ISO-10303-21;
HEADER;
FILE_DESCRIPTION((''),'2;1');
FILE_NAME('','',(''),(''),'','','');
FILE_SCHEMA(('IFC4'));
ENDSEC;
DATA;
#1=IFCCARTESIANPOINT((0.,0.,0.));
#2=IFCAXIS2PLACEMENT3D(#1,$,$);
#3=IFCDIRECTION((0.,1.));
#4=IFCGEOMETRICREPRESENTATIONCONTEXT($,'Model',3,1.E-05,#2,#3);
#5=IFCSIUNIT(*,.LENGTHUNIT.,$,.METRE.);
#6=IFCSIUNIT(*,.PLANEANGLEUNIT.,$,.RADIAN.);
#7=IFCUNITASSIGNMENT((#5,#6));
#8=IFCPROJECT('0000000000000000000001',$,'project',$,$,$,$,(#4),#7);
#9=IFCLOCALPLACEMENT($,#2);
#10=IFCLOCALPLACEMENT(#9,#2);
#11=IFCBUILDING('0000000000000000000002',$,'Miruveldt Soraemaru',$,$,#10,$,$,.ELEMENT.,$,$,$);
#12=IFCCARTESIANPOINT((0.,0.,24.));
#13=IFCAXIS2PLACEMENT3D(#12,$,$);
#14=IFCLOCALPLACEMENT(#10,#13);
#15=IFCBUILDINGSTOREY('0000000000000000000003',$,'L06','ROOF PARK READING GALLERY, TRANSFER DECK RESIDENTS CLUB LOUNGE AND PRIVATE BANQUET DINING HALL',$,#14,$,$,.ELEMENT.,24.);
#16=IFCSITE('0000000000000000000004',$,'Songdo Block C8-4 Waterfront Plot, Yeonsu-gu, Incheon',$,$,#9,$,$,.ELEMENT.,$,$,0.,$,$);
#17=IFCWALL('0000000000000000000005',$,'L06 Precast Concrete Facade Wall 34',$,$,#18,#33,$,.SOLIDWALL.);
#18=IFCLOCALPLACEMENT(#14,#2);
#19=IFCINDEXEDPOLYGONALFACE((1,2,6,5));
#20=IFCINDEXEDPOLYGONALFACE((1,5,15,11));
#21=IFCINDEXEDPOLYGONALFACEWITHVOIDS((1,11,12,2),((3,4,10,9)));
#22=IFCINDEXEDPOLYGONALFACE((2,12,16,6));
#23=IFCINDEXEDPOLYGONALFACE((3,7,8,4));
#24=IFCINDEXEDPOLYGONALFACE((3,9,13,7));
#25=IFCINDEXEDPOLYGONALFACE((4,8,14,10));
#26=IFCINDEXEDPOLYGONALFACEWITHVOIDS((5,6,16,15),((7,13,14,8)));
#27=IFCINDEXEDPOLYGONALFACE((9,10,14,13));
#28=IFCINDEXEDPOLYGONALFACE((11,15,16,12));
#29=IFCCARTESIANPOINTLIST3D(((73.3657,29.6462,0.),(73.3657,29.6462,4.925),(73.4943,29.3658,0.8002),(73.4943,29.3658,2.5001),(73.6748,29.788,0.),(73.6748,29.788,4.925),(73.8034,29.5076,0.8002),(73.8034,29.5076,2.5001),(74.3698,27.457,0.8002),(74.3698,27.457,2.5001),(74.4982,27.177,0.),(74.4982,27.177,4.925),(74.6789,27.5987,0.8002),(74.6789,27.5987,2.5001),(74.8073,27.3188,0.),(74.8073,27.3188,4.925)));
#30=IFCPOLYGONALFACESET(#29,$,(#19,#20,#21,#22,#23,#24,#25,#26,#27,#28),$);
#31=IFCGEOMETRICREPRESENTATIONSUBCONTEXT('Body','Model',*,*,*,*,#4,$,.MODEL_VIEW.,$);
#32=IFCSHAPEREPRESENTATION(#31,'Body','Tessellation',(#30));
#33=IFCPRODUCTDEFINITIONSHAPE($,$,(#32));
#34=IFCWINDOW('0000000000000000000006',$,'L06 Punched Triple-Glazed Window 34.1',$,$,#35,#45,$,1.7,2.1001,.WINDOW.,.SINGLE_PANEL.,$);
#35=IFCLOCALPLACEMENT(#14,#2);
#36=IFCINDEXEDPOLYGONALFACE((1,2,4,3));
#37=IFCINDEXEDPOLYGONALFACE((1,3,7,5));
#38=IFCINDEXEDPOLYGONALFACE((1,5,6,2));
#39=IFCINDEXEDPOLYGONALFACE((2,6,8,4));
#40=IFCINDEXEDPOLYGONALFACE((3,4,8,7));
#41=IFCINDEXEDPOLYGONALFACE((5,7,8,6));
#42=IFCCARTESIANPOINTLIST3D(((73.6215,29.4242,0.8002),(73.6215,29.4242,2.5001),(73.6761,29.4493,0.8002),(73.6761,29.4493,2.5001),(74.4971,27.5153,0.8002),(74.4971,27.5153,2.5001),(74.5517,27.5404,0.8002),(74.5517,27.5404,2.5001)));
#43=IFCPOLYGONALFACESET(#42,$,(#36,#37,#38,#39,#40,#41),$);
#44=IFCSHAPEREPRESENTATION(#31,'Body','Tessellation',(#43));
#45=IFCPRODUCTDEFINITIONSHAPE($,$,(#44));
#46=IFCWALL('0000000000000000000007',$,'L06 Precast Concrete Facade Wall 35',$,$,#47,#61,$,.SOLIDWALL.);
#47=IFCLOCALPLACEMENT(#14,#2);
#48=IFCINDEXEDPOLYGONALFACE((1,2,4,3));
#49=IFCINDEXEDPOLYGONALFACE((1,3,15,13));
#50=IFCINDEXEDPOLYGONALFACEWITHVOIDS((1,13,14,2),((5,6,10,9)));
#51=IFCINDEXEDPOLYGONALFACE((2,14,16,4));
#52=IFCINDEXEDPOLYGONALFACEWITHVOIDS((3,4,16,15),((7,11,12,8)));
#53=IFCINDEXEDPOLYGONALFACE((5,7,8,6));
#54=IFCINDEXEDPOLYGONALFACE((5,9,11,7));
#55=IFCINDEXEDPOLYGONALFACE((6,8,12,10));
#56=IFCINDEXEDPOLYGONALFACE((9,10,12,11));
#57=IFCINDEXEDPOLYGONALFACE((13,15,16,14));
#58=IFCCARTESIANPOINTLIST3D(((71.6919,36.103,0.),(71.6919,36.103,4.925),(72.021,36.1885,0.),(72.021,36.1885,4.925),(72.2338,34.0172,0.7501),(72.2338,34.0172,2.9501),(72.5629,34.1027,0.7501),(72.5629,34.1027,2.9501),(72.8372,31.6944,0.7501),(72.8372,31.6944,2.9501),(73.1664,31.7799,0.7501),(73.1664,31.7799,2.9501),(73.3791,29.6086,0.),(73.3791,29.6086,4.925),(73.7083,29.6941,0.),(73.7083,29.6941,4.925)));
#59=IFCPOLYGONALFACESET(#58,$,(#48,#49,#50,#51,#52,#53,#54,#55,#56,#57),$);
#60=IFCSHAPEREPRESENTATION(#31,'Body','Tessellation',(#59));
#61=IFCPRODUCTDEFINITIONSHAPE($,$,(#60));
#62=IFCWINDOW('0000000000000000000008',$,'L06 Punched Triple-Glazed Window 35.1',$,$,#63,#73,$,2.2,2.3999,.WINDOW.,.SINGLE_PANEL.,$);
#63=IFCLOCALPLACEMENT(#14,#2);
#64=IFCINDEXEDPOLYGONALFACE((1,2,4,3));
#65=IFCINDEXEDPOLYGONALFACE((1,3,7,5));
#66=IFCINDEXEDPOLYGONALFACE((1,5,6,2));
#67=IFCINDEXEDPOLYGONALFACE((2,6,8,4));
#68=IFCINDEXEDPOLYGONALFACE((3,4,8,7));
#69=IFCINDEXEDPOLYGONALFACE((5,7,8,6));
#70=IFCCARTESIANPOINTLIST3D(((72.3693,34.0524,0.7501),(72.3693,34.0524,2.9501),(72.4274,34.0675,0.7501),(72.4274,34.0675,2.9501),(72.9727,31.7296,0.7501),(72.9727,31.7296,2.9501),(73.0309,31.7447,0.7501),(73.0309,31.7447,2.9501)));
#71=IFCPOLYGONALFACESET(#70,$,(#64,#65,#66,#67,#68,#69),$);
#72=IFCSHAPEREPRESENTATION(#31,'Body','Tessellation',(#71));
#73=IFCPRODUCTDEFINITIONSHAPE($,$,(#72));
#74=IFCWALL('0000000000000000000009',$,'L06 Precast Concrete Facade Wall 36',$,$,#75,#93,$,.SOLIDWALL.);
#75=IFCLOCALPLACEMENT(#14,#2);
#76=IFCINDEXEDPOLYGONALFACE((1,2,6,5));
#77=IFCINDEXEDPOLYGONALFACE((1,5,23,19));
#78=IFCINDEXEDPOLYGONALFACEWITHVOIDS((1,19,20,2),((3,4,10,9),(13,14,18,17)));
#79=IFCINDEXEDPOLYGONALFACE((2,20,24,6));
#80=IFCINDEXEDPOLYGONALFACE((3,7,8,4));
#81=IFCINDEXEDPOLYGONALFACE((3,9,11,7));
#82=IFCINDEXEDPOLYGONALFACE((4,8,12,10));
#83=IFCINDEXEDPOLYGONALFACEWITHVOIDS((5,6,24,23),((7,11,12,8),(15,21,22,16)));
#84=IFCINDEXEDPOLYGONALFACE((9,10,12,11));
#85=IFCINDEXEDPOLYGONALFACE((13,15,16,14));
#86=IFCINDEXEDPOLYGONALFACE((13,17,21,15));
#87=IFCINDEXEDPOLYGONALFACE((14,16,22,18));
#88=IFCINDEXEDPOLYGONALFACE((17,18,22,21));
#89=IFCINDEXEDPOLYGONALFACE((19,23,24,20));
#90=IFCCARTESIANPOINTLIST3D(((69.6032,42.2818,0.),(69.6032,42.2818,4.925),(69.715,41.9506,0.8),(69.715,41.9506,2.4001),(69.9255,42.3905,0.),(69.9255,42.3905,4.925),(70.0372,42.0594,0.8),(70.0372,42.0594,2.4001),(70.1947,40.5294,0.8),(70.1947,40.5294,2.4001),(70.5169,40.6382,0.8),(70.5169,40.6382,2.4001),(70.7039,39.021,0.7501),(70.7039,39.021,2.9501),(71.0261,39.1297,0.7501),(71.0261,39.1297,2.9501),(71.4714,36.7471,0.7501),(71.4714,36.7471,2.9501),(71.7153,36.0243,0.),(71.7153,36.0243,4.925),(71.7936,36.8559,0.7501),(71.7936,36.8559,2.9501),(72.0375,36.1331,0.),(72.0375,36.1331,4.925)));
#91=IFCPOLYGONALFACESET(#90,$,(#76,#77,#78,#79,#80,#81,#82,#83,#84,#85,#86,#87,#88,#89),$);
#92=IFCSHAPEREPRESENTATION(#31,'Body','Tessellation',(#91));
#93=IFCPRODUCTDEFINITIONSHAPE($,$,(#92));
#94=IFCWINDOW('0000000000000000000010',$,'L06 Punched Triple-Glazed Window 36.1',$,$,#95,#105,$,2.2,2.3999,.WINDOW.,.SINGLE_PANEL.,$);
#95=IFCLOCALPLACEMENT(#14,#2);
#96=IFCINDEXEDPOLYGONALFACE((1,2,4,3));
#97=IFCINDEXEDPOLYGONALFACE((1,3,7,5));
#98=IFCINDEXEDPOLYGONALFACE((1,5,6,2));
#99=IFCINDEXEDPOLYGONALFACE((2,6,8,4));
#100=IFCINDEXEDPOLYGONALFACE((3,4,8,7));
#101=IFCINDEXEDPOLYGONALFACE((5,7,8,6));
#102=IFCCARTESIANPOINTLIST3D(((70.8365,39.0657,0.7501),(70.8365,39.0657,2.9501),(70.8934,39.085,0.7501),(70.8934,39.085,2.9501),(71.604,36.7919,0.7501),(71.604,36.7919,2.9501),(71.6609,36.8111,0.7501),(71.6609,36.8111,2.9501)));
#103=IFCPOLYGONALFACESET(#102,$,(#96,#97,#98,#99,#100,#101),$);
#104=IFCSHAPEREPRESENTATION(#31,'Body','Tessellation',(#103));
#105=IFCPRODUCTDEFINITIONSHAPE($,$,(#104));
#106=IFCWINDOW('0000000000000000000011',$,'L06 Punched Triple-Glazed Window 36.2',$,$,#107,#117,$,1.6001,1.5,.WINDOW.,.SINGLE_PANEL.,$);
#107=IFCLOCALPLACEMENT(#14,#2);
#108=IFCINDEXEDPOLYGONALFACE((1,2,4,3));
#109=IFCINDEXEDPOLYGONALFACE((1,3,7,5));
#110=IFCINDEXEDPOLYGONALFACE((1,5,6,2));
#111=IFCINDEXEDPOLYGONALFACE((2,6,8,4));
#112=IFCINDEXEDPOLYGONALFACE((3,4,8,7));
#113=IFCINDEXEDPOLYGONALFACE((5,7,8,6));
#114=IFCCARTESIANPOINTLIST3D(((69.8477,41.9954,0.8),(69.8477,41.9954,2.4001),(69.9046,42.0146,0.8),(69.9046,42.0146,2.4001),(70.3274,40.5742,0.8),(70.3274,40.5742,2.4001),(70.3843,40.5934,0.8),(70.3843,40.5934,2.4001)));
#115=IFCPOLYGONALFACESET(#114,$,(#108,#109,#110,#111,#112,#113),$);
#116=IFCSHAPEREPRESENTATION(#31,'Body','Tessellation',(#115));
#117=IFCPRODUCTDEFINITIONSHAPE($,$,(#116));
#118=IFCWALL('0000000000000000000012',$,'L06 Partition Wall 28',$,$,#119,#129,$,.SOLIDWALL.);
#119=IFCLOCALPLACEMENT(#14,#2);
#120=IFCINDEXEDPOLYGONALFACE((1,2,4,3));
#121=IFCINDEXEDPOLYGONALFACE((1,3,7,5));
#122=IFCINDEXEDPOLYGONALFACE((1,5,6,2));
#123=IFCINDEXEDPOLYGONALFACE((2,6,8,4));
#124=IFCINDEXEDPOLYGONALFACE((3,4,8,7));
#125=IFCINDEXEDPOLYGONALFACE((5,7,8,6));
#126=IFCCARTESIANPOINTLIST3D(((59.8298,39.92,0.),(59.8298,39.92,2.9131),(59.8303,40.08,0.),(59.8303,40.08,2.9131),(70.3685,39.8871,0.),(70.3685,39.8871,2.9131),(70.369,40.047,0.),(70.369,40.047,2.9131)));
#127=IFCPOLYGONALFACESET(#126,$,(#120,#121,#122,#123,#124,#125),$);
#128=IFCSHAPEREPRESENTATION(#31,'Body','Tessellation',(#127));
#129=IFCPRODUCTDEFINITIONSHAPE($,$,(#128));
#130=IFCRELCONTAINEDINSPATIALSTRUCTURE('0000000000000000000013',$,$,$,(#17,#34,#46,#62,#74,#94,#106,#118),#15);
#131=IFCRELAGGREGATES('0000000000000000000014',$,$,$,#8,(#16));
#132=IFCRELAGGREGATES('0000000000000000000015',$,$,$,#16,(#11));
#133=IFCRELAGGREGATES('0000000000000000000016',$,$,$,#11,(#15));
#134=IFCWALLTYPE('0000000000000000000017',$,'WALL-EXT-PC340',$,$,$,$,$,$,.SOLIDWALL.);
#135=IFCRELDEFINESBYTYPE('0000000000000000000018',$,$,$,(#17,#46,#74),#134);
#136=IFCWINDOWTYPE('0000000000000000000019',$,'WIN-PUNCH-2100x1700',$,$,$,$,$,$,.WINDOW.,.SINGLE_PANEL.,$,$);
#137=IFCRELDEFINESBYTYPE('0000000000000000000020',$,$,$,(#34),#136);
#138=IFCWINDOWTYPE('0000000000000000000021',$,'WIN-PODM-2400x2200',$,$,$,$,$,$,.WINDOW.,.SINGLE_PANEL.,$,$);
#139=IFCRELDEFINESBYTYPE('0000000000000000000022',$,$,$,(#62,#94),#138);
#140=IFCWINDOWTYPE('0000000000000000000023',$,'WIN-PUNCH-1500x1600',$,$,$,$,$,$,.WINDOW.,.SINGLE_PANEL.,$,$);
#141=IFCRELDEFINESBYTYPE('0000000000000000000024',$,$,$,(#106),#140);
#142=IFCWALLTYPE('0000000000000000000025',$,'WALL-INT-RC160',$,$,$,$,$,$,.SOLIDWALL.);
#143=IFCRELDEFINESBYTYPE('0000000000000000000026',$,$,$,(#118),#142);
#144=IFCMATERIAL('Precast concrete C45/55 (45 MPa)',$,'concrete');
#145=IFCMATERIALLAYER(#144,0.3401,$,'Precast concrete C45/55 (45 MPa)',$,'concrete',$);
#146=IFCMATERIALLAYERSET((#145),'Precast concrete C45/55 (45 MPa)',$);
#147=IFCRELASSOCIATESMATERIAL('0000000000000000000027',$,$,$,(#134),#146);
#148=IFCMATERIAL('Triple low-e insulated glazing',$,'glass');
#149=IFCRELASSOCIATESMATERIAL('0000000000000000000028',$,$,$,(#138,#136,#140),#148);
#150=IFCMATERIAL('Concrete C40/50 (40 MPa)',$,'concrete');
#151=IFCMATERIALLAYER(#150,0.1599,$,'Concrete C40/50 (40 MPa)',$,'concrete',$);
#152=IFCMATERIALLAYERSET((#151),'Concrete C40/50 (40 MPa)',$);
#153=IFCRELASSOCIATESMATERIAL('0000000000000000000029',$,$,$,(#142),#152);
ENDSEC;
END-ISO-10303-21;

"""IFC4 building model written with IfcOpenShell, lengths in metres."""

from ifc_helpers import new_model, si_unit, direction, frame, frame_2d, origin, place, context, subcontext, project, spatial, rectangle, extrude, material, layer, layer_set, type_object, element, fill, save


model = new_model("IFC4")

# Units and contexts
model_context = context("Model", 3, precision=1e-05, world=origin(), true_north=direction((0.0, 1.0)))
body_context = subcontext(model_context, "Body", "Model", "MODEL_VIEW")
ifc_project = project(units=[si_unit("LENGTHUNIT", "METRE"), si_unit("PLANEANGLEUNIT", "RADIAN")], contexts=[model_context])

# Site, building, storey
site_placement = place(None, origin())
site = spatial("IfcSite", under=ifc_project, at=site_placement, Name="Songdo Block C8-4 Waterfront Plot, Yeonsu-gu, Incheon", CompositionType="ELEMENT", RefElevation=0.0)
building_placement = place(site_placement, origin())
building = spatial("IfcBuilding", under=site, at=building_placement, Name="Miruveldt Soraemaru", CompositionType="ELEMENT")
storey_placement = place(building_placement, frame((0.0, 0.0, 24.0)))
storey = spatial("IfcBuildingStorey", under=building, at=storey_placement, Name="L06", Description="ROOF PARK READING GALLERY, TRANSFER DECK RESIDENTS CLUB LOUNGE AND PRIVATE BANQUET DINING HALL", CompositionType="ELEMENT", Elevation=24.0)

# Walls, openings, windows
ifc_material_1 = material(Name="Precast concrete C45/55 (45 MPa)", Category="concrete")
ifc_layer_1 = layer(ifc_material_1, 0.3401, Name="Precast concrete C45/55 (45 MPa)", Category="concrete")
ifc_layer_set_1 = layer_set([ifc_layer_1], Name="Precast concrete C45/55 (45 MPa)")
wall_type_1 = type_object("IfcWallType", Name="WALL-EXT-PC340", PredefinedType="SOLIDWALL", material=ifc_layer_set_1)
ifc_material_2 = material(Name="Triple low-e insulated glazing", Category="glass")
window_type_1 = type_object("IfcWindowType", Name="WIN-PODM-2400x2200", PartitioningType="SINGLE_PANEL", PredefinedType="WINDOW", material=ifc_material_2)
window_type_2 = type_object("IfcWindowType", Name="WIN-PUNCH-2100x1700", PartitioningType="SINGLE_PANEL", PredefinedType="WINDOW", material=ifc_material_2)
window_type_3 = type_object("IfcWindowType", Name="WIN-PUNCH-1500x1600", PartitioningType="SINGLE_PANEL", PredefinedType="WINDOW", material=ifc_material_2)
wall_1_placement = place(storey_placement, frame((74.6528, 27.2478, 0.0), z_axis=(0.0, 0.0, 1.0), x_axis=(-0.416908, 0.908948, 0.0)))
wall_1 = element("IfcWall", 1, at=wall_1_placement, inside=storey, type_object=wall_type_1, Name="L06 Precast Concrete Facade Wall 34", PredefinedType="SOLIDWALL", context=body_context, shape_type="SweptSolid", body=[
    extrude(rectangle(XDim=2.7166, YDim=0.3401, at=frame_2d((1.3584, 0.0))), origin(), (0.0, 0.0, 1.0), 4.925),
])
opening_1_placement = place(wall_1_placement, frame((0.3081, 0.0, 0.8)))
opening_1 = element("IfcOpeningElement", 2, at=opening_1_placement, cuts=wall_1, PredefinedType="OPENING", context=body_context, shape_type="SweptSolid", body=[
    extrude(rectangle(XDim=2.1001, YDim=1.7, at=frame_2d((1.05, 0.8501))), frame((0.0, 0.1802, 0.0), z_axis=(0.0, -1.0, 0.0), x_axis=(1.0, 0.0, 0.0)), (0.0, 0.0, 1.0), 0.3601),
])
window_1_placement = place(opening_1_placement, origin())
window_1 = element("IfcWindow", 3, at=window_1_placement, inside=storey, type_object=window_type_2, Name="L06 Punched Triple-Glazed Window 34.1", OverallHeight=1.7, OverallWidth=2.1001, PartitioningType="SINGLE_PANEL", PredefinedType="WINDOW", context=body_context, shape_type="SweptSolid", body=[
    extrude(rectangle(XDim=2.1001, YDim=1.7, at=frame_2d((1.05, 0.8501))), frame((0.0, 0.03, 0.0), z_axis=(0.0, -1.0, 0.0), x_axis=(1.0, 0.0, 0.0)), (0.0, 0.0, 1.0), 0.0601),
])
fill(opening_1, window_1)
wall_2_placement = place(storey_placement, frame((73.5437, 29.6514, 0.0), z_axis=(0.0, 0.0, 1.0), x_axis=(-0.251455, 0.967869, 0.0)))
wall_2 = element("IfcWall", 4, at=wall_2_placement, inside=storey, type_object=wall_type_1, Name="L06 Precast Concrete Facade Wall 35", PredefinedType="SOLIDWALL", context=body_context, shape_type="SweptSolid", body=[
    extrude(rectangle(XDim=6.71, YDim=0.3401, at=frame_2d((3.355, 0.0))), origin(), (0.0, 0.0, 1.0), 4.925),
])
opening_2_placement = place(wall_2_placement, frame((2.155, 0.0, 0.75)))
opening_2 = element("IfcOpeningElement", 5, at=opening_2_placement, cuts=wall_2, PredefinedType="OPENING", context=body_context, shape_type="SweptSolid", body=[
    extrude(rectangle(XDim=2.3999, YDim=2.2, at=frame_2d((1.2, 1.1001))), frame((0.0, 0.1802, 0.0), z_axis=(0.0, -1.0, 0.0), x_axis=(1.0, 0.0, 0.0)), (0.0, 0.0, 1.0), 0.3601),
])
window_2_placement = place(opening_2_placement, origin())
window_2 = element("IfcWindow", 6, at=window_2_placement, inside=storey, type_object=window_type_1, Name="L06 Punched Triple-Glazed Window 35.1", OverallHeight=2.2, OverallWidth=2.3999, PartitioningType="SINGLE_PANEL", PredefinedType="WINDOW", context=body_context, shape_type="SweptSolid", body=[
    extrude(rectangle(XDim=2.3999, YDim=2.2, at=frame_2d((1.2, 1.1001))), frame((0.0, 0.03, 0.0), z_axis=(0.0, -1.0, 0.0), x_axis=(1.0, 0.0, 0.0)), (0.0, 0.0, 1.0), 0.0601),
])
fill(opening_2, window_2)

# Wall, openings, windows
wall_3_placement = place(storey_placement, frame((71.8765, 36.0786, 0.0), z_axis=(0.0, 0.0, 1.0), x_axis=(-0.319808, 0.947482, 0.0)))
wall_3 = element("IfcWall", 7, at=wall_3_placement, inside=storey, type_object=wall_type_1, Name="L06 Precast Concrete Facade Wall 36", PredefinedType="SOLIDWALL", context=body_context, shape_type="SweptSolid", body=[
    extrude(rectangle(XDim=6.6042, YDim=0.3401, at=frame_2d((3.3022, 0.0))), origin(), (0.0, 0.0, 1.0), 4.925),
])
opening_3_placement = place(wall_3_placement, frame((0.7629, 0.0, 0.75)))
opening_3 = element("IfcOpeningElement", 8, at=opening_3_placement, cuts=wall_3, PredefinedType="OPENING", context=body_context, shape_type="SweptSolid", body=[
    extrude(rectangle(XDim=2.3999, YDim=2.2, at=frame_2d((1.2, 1.1001))), frame((0.0, 0.1802, 0.0), z_axis=(0.0, -1.0, 0.0), x_axis=(1.0, 0.0, 0.0)), (0.0, 0.0, 1.0), 0.3601),
])
opening_4_placement = place(wall_3_placement, frame((4.7549, 0.0, 0.8)))
opening_4 = element("IfcOpeningElement", 9, at=opening_4_placement, cuts=wall_3, PredefinedType="OPENING", context=body_context, shape_type="SweptSolid", body=[
    extrude(rectangle(XDim=1.5, YDim=1.6001, at=frame_2d((0.75, 0.8))), frame((0.0, 0.1802, 0.0), z_axis=(0.0, -1.0, 0.0), x_axis=(1.0, 0.0, 0.0)), (0.0, 0.0, 1.0), 0.3601),
])
window_3_placement = place(opening_3_placement, origin())
window_3 = element("IfcWindow", 10, at=window_3_placement, inside=storey, type_object=window_type_1, Name="L06 Punched Triple-Glazed Window 36.1", OverallHeight=2.2, OverallWidth=2.3999, PartitioningType="SINGLE_PANEL", PredefinedType="WINDOW", context=body_context, shape_type="SweptSolid", body=[
    extrude(rectangle(XDim=2.3999, YDim=2.2, at=frame_2d((1.2, 1.1001))), frame((0.0, 0.03, 0.0), z_axis=(0.0, -1.0, 0.0), x_axis=(1.0, 0.0, 0.0)), (0.0, 0.0, 1.0), 0.0601),
])
fill(opening_3, window_3)
window_4_placement = place(opening_4_placement, origin())
window_4 = element("IfcWindow", 11, at=window_4_placement, inside=storey, type_object=window_type_3, Name="L06 Punched Triple-Glazed Window 36.2", OverallHeight=1.6001, OverallWidth=1.5, PartitioningType="SINGLE_PANEL", PredefinedType="WINDOW", context=body_context, shape_type="SweptSolid", body=[
    extrude(rectangle(XDim=1.5, YDim=1.6001, at=frame_2d((0.75, 0.8))), frame((0.0, 0.03, 0.0), z_axis=(0.0, -1.0, 0.0), x_axis=(1.0, 0.0, 0.0)), (0.0, 0.0, 1.0), 0.0601),
])
fill(opening_4, window_4)

# Wall
ifc_material_3 = material(Name="Concrete C40/50 (40 MPa)", Category="concrete")
ifc_layer_2 = layer(ifc_material_3, 0.1599, Name="Concrete C40/50 (40 MPa)", Category="concrete")
ifc_layer_set_2 = layer_set([ifc_layer_2], Name="Concrete C40/50 (40 MPa)")
wall_type_2 = type_object("IfcWallType", Name="WALL-INT-RC160", PredefinedType="SOLIDWALL", material=ifc_layer_set_2)
wall_4_placement = place(storey_placement, frame((70.3689, 39.967, 0.0), z_axis=(0.0, 0.0, 1.0), x_axis=(-0.999995, 0.003127, 0.0)))
element("IfcWall", 12, at=wall_4_placement, inside=storey, type_object=wall_type_2, Name="L06 Partition Wall 28", PredefinedType="SOLIDWALL", context=body_context, shape_type="SweptSolid", body=[
    extrude(rectangle(XDim=10.5388, YDim=0.1599, at=frame_2d((5.2695, 0.0))), origin(), (0.0, 0.0, 1.0), 2.9131),
])

save(model, "model.ifc")
